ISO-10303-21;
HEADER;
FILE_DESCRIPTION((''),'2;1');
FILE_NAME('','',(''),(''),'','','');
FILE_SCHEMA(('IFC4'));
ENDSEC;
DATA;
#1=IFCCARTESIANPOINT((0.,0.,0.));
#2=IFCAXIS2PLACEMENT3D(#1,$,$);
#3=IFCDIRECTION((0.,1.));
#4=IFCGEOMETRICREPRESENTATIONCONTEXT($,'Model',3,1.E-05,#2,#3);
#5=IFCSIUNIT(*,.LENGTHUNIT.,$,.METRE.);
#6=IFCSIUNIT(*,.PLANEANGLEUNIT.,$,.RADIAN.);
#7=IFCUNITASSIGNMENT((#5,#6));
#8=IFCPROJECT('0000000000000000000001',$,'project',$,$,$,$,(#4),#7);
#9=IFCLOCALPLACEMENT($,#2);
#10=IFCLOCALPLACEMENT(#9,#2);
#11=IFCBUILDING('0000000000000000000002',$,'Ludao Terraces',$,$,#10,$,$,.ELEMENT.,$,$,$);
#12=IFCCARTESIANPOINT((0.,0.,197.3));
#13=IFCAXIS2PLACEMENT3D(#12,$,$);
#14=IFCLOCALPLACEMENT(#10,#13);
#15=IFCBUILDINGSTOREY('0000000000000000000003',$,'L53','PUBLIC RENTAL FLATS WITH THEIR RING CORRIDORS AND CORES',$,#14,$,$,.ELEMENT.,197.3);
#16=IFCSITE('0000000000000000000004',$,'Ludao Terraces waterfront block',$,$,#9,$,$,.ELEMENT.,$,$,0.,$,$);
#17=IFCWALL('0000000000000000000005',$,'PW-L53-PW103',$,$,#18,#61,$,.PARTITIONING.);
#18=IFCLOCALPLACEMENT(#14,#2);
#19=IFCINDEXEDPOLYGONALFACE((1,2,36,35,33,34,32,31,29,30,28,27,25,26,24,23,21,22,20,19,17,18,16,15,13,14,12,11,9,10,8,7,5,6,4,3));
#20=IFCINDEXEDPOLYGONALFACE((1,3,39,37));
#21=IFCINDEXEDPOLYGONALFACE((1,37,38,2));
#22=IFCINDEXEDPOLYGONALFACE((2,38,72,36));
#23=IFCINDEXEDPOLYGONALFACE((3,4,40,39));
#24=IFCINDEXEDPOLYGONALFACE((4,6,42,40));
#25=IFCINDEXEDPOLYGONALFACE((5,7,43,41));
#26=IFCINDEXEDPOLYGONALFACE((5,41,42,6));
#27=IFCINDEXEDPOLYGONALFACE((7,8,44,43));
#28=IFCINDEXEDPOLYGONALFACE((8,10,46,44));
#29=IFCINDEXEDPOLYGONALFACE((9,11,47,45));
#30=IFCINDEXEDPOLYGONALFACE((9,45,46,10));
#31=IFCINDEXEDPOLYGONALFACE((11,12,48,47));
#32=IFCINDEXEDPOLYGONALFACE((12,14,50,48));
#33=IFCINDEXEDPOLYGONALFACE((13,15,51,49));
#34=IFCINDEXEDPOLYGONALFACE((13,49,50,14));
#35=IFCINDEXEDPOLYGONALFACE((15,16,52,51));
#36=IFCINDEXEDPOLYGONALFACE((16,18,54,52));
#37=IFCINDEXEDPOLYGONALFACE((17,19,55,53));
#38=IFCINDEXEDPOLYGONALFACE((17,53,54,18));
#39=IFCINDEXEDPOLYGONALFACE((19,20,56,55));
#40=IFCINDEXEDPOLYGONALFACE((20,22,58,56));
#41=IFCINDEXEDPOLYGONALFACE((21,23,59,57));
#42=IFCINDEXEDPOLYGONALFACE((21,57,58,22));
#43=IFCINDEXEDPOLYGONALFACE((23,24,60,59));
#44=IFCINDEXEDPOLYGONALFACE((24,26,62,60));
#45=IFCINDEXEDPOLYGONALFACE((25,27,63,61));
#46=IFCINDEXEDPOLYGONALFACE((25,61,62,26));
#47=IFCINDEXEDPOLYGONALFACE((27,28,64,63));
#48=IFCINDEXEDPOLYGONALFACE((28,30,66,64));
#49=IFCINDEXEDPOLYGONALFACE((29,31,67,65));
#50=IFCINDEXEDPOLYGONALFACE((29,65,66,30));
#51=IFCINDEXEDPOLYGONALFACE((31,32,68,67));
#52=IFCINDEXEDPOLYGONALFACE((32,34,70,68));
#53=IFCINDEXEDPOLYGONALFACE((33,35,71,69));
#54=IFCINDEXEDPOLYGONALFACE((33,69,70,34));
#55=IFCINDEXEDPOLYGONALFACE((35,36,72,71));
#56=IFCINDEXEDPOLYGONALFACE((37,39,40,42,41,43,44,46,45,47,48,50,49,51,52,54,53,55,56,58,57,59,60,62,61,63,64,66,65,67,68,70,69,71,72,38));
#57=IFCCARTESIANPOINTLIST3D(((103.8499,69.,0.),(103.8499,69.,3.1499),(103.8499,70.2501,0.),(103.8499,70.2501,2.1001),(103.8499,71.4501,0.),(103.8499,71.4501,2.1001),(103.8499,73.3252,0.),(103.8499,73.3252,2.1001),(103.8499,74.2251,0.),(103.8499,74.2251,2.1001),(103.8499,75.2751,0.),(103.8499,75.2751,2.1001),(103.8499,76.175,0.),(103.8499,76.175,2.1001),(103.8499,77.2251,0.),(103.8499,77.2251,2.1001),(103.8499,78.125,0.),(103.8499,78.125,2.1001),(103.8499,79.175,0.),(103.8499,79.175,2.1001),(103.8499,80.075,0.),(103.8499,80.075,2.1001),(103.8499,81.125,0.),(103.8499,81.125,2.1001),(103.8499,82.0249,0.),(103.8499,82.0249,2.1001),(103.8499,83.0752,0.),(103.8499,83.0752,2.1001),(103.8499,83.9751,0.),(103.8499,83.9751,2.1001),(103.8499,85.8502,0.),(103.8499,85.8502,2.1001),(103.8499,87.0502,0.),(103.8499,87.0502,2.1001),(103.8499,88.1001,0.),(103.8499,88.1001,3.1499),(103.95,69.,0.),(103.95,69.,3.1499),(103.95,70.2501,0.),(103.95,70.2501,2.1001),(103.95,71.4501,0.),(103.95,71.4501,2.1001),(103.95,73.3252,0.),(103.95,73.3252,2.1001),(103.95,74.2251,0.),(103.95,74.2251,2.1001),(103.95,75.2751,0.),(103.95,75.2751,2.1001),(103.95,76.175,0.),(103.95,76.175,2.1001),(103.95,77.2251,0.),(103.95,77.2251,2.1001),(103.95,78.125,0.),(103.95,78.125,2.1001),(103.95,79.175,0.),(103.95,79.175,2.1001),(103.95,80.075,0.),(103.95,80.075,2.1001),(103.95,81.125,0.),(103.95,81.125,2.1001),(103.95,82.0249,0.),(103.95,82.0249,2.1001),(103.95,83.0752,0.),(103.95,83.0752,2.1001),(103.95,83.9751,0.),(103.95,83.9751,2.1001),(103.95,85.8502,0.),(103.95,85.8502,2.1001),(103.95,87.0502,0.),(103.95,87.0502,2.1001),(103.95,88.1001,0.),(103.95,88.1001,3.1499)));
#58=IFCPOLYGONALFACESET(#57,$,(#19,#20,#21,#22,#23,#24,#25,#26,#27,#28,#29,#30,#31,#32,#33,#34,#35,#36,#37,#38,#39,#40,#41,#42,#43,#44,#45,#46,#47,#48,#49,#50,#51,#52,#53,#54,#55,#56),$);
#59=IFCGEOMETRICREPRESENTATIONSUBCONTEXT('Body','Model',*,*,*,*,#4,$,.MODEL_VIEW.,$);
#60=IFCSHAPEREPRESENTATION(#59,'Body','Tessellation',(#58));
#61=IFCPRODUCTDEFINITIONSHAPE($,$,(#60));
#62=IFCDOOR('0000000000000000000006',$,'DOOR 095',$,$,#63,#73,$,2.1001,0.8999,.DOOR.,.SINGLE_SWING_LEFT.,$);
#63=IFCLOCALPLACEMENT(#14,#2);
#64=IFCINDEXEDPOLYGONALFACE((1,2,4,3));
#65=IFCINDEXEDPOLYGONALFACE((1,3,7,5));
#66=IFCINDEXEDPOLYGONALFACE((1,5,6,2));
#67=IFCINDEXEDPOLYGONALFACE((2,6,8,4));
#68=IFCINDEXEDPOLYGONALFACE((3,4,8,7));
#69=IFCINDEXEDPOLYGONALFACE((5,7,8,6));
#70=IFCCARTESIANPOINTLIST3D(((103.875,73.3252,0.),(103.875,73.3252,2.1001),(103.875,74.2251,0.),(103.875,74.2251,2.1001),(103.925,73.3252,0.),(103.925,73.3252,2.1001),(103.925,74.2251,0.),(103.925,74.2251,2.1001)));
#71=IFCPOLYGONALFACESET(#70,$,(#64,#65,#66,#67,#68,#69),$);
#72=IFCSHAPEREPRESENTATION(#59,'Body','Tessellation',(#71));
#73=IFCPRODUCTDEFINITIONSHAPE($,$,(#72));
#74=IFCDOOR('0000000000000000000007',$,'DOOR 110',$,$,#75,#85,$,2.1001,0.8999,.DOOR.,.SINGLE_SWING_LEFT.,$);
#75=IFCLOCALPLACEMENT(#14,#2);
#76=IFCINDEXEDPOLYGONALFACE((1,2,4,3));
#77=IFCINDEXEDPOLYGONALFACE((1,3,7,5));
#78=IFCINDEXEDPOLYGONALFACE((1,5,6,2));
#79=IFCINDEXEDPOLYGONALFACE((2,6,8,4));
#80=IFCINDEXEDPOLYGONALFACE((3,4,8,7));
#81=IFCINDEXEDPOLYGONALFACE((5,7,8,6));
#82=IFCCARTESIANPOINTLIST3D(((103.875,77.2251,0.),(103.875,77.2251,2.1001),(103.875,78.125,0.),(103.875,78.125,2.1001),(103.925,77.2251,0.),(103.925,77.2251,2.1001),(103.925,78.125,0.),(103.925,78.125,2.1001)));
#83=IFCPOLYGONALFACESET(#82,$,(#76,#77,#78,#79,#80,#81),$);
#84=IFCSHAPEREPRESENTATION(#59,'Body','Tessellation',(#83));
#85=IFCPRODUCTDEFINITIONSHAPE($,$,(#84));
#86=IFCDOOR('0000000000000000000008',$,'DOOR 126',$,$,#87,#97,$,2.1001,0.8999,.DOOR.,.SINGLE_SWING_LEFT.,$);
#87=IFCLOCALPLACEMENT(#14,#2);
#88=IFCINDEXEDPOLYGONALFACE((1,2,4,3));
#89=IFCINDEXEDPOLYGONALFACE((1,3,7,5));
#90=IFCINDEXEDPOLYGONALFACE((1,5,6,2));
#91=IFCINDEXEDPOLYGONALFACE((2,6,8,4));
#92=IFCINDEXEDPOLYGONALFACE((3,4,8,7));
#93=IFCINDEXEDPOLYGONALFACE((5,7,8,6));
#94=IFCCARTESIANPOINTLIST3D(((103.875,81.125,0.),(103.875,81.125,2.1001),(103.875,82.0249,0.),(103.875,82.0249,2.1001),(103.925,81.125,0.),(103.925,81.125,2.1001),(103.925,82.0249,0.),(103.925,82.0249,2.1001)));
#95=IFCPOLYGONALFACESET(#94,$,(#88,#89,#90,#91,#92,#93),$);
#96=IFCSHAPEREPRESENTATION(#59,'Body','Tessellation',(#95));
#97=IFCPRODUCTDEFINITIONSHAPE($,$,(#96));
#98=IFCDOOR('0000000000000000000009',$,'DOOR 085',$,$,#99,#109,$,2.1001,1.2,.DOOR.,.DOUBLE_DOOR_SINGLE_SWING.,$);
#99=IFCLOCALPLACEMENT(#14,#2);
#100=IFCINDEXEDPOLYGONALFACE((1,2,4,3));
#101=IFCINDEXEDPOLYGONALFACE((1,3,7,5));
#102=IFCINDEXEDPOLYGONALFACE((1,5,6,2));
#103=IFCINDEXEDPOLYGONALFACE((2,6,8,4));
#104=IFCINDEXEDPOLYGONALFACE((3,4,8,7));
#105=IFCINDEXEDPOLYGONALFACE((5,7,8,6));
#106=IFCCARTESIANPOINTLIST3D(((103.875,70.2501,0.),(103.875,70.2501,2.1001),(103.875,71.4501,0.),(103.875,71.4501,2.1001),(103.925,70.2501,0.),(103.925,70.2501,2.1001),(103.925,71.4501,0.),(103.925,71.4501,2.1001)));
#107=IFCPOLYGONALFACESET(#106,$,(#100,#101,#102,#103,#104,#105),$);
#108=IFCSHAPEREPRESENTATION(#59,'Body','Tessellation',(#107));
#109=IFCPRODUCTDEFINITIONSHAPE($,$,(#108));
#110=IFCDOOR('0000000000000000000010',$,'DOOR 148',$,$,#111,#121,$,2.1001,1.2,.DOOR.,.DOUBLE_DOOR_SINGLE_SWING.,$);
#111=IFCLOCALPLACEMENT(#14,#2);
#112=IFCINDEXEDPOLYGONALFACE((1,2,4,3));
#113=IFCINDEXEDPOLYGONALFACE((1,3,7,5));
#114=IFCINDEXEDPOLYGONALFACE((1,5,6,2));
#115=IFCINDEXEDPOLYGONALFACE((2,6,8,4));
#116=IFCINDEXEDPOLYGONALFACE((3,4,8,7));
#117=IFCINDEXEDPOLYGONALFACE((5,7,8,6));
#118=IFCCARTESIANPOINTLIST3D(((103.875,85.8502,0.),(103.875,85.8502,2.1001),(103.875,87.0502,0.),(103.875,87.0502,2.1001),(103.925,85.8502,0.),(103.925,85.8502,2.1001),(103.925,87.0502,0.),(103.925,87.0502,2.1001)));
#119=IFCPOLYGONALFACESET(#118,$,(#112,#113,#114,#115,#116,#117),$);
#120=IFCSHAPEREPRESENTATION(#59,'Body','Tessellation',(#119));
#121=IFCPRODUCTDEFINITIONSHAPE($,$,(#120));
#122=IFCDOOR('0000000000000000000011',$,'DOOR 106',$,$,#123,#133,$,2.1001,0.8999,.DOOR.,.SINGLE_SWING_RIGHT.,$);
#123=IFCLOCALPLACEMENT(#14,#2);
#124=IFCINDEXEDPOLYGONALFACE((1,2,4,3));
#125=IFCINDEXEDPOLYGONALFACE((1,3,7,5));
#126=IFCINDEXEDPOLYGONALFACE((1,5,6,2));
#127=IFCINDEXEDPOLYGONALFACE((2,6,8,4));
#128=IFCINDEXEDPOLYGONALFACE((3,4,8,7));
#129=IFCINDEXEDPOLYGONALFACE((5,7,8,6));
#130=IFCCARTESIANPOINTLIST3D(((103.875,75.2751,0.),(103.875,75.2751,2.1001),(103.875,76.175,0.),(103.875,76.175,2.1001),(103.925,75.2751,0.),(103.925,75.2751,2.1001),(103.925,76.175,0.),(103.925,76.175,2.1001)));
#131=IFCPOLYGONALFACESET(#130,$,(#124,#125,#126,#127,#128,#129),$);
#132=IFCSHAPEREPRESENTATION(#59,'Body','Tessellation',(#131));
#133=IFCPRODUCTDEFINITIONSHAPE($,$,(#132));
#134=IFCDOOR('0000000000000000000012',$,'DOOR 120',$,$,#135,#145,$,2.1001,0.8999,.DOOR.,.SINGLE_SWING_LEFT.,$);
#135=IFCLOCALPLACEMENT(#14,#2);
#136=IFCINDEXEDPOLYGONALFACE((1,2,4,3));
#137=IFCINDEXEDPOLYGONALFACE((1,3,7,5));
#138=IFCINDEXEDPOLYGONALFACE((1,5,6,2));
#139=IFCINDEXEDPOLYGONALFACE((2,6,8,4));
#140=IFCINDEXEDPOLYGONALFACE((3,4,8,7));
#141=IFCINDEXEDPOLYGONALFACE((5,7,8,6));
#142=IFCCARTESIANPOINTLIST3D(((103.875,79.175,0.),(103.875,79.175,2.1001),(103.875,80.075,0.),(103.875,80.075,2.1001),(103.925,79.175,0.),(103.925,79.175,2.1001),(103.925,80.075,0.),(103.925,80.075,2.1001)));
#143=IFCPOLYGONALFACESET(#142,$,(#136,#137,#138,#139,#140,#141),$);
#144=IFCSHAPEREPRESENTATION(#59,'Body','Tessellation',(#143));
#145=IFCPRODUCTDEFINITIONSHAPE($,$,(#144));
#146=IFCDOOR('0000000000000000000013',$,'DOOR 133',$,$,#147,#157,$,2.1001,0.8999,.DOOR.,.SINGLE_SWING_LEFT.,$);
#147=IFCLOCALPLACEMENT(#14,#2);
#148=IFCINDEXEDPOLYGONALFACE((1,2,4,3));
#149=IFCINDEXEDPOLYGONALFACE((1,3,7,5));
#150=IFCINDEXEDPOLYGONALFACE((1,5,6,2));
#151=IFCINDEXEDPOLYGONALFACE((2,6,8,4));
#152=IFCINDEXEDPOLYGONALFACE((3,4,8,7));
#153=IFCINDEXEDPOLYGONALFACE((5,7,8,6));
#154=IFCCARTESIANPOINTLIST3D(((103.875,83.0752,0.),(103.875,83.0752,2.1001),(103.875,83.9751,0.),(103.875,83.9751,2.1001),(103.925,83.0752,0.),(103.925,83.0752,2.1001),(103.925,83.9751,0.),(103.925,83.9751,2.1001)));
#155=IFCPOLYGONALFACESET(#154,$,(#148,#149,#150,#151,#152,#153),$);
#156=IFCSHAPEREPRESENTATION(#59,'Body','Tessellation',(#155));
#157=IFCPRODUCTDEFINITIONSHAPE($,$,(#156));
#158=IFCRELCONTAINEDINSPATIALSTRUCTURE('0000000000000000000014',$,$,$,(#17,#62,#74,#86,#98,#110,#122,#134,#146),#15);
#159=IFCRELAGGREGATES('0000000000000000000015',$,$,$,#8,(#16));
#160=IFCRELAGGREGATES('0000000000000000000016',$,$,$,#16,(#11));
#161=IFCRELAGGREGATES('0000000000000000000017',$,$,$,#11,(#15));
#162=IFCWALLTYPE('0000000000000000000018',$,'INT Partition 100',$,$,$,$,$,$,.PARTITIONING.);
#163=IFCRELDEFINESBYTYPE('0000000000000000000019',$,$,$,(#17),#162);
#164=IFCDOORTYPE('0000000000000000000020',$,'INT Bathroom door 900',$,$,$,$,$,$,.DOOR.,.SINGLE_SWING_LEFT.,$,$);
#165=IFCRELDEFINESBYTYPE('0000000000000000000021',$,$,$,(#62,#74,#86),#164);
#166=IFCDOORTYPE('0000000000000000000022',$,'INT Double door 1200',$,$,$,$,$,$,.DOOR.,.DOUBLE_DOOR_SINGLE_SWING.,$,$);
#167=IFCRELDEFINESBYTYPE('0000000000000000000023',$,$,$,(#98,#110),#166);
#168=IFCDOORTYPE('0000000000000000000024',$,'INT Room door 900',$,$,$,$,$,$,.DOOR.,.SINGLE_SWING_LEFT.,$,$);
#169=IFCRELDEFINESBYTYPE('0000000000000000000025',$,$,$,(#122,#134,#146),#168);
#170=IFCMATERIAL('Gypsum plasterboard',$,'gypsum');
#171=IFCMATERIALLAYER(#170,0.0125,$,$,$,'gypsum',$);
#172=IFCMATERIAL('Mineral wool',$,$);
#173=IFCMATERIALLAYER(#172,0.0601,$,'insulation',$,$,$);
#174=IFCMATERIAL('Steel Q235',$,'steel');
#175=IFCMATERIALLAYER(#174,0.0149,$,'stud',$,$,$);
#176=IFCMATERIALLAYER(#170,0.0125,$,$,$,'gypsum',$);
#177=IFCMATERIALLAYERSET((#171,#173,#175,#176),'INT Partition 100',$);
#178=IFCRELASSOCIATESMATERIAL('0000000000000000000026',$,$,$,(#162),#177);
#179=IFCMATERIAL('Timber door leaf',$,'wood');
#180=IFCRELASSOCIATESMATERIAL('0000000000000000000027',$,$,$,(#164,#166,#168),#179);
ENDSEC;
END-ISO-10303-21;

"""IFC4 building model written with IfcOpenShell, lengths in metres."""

from ifc_helpers import new_model, si_unit, direction, frame, frame_2d, origin, place, context, subcontext, project, spatial, rectangle, extrude, material, layer, layer_set, type_object, element, fill, save


model = new_model("IFC4")

# Units and contexts
model_context = context("Model", 3, precision=1e-05, world=origin(), true_north=direction((0.0, 1.0)))
body_context = subcontext(model_context, "Body", "Model", "MODEL_VIEW")
ifc_project = project(units=[si_unit("LENGTHUNIT", "METRE"), si_unit("PLANEANGLEUNIT", "RADIAN")], contexts=[model_context])

# Site, building, storey
site_placement = place(None, origin())
site = spatial("IfcSite", under=ifc_project, at=site_placement, Name="Ludao Terraces waterfront block", CompositionType="ELEMENT", RefElevation=0.0)
building_placement = place(site_placement, origin())
building = spatial("IfcBuilding", under=site, at=building_placement, Name="Ludao Terraces", CompositionType="ELEMENT")
storey_placement = place(building_placement, frame((0.0, 0.0, 197.3)))
storey = spatial("IfcBuildingStorey", under=building, at=storey_placement, Name="L53", Description="PUBLIC RENTAL FLATS WITH THEIR RING CORRIDORS AND CORES", CompositionType="ELEMENT", Elevation=197.3)

# Shared definitions
ifc_material_1 = material(Name="Mineral wool")

# Shared definitions
ifc_material_2 = material(Name="Gypsum plasterboard", Category="gypsum")
ifc_layer_1 = layer(ifc_material_2, 0.0125, Category="gypsum")
ifc_layer_2 = layer(ifc_material_1, 0.0601, Name="insulation")
ifc_material_3 = material(Name="Steel Q235", Category="steel")
ifc_layer_3 = layer(ifc_material_3, 0.0149, Name="stud")
ifc_layer_4 = layer(ifc_material_2, 0.0125, Category="gypsum")
ifc_layer_set_1 = layer_set([ifc_layer_1, ifc_layer_2, ifc_layer_3, ifc_layer_4], Name="INT Partition 100")
wall_type_1 = type_object("IfcWallType", Name="INT Partition 100", PredefinedType="PARTITIONING", material=ifc_layer_set_1)

# Wall, openings, doors
ifc_material_4 = material(Name="Timber door leaf", Category="wood")
door_type_1 = type_object("IfcDoorType", Name="INT Bathroom door 900", OperationType="SINGLE_SWING_LEFT", PredefinedType="DOOR", material=ifc_material_4)
wall_1_placement = place(storey_placement, frame((103.8999, 69.0, 0.0), z_axis=(0.0, 0.0, 1.0), x_axis=(0.0, 1.0, 0.0)))
wall_1 = element("IfcWall", 1, at=wall_1_placement, inside=storey, type_object=wall_type_1, Name="PW-L53-PW103", PredefinedType="PARTITIONING", context=body_context, shape_type="SweptSolid", body=[
    extrude(rectangle(XDim=19.1001, YDim=0.1001, at=frame_2d((9.55, 0.0))), origin(), (0.0, 0.0, 1.0), 3.1499),
])
opening_1_placement = place(wall_1_placement, frame((1.25, 0.0, 0.0)))
opening_1 = element("IfcOpeningElement", 2, at=opening_1_placement, cuts=wall_1, PredefinedType="OPENING", context=body_context, shape_type="SweptSolid", body=[
    extrude(rectangle(XDim=1.2, YDim=2.1001, at=frame_2d((0.6001, 1.05))), frame((0.0, 0.0601, 0.0), z_axis=(0.0, -1.0, 0.0), x_axis=(1.0, 0.0, 0.0)), (0.0, 0.0, 1.0), 0.1201),
])
opening_2_placement = place(wall_1_placement, frame((4.3252, 0.0, 0.0)))
opening_2 = element("IfcOpeningElement", 3, at=opening_2_placement, cuts=wall_1, PredefinedType="OPENING", context=body_context, shape_type="SweptSolid", body=[
    extrude(rectangle(XDim=0.8999, YDim=2.1001, at=frame_2d((0.45, 1.05))), frame((0.0, 0.0601, 0.0), z_axis=(0.0, -1.0, 0.0), x_axis=(1.0, 0.0, 0.0)), (0.0, 0.0, 1.0), 0.1201),
])
opening_3_placement = place(wall_1_placement, frame((6.2751, 0.0, 0.0)))
opening_3 = element("IfcOpeningElement", 4, at=opening_3_placement, cuts=wall_1, PredefinedType="OPENING", context=body_context, shape_type="SweptSolid", body=[
    extrude(rectangle(XDim=0.8999, YDim=2.1001, at=frame_2d((0.45, 1.05))), frame((0.0, 0.0601, 0.0), z_axis=(0.0, -1.0, 0.0), x_axis=(1.0, 0.0, 0.0)), (0.0, 0.0, 1.0), 0.1201),
])
opening_4_placement = place(wall_1_placement, frame((8.2251, 0.0, 0.0)))
opening_4 = element("IfcOpeningElement", 5, at=opening_4_placement, cuts=wall_1, PredefinedType="OPENING", context=body_context, shape_type="SweptSolid", body=[
    extrude(rectangle(XDim=0.8999, YDim=2.1001, at=frame_2d((0.45, 1.05))), frame((0.0, 0.0601, 0.0), z_axis=(0.0, -1.0, 0.0), x_axis=(1.0, 0.0, 0.0)), (0.0, 0.0, 1.0), 0.1201),
])
opening_5_placement = place(wall_1_placement, frame((10.175, 0.0, 0.0)))
opening_5 = element("IfcOpeningElement", 6, at=opening_5_placement, cuts=wall_1, PredefinedType="OPENING", context=body_context, shape_type="SweptSolid", body=[
    extrude(rectangle(XDim=0.8999, YDim=2.1001, at=frame_2d((0.45, 1.05))), frame((0.0, 0.0601, 0.0), z_axis=(0.0, -1.0, 0.0), x_axis=(1.0, 0.0, 0.0)), (0.0, 0.0, 1.0), 0.1201),
])
opening_6_placement = place(wall_1_placement, frame((12.125, 0.0, 0.0)))
opening_6 = element("IfcOpeningElement", 7, at=opening_6_placement, cuts=wall_1, PredefinedType="OPENING", context=body_context, shape_type="SweptSolid", body=[
    extrude(rectangle(XDim=0.8999, YDim=2.1001, at=frame_2d((0.45, 1.05))), frame((0.0, 0.0601, 0.0), z_axis=(0.0, -1.0, 0.0), x_axis=(1.0, 0.0, 0.0)), (0.0, 0.0, 1.0), 0.1201),
])
opening_7_placement = place(wall_1_placement, frame((14.0752, 0.0, 0.0)))
opening_7 = element("IfcOpeningElement", 8, at=opening_7_placement, cuts=wall_1, PredefinedType="OPENING", context=body_context, shape_type="SweptSolid", body=[
    extrude(rectangle(XDim=0.8999, YDim=2.1001, at=frame_2d((0.45, 1.05))), frame((0.0, 0.0601, 0.0), z_axis=(0.0, -1.0, 0.0), x_axis=(1.0, 0.0, 0.0)), (0.0, 0.0, 1.0), 0.1201),
])
opening_8_placement = place(wall_1_placement, frame((16.8501, 0.0, 0.0)))
opening_8 = element("IfcOpeningElement", 9, at=opening_8_placement, cuts=wall_1, PredefinedType="OPENING", context=body_context, shape_type="SweptSolid", body=[
    extrude(rectangle(XDim=1.2, YDim=2.1001, at=frame_2d((0.6001, 1.05))), frame((0.0, 0.0601, 0.0), z_axis=(0.0, -1.0, 0.0), x_axis=(1.0, 0.0, 0.0)), (0.0, 0.0, 1.0), 0.1201),
])
door_1_placement = place(opening_2_placement, origin())
door_1 = element("IfcDoor", 10, at=door_1_placement, inside=storey, type_object=door_type_1, Name="DOOR 095", OperationType="SINGLE_SWING_LEFT", OverallHeight=2.1001, OverallWidth=0.8999, PredefinedType="DOOR", context=body_context, shape_type="SweptSolid", body=[
    extrude(rectangle(XDim=0.8999, YDim=2.1001, at=frame_2d((0.45, 1.05))), frame((0.0, 0.0249, 0.0), z_axis=(0.0, -1.0, 0.0), x_axis=(1.0, 0.0, 0.0)), (0.0, 0.0, 1.0), 0.05),
])
fill(opening_2, door_1)
door_2_placement = place(opening_4_placement, origin())
door_2 = element("IfcDoor", 11, at=door_2_placement, inside=storey, type_object=door_type_1, Name="DOOR 110", OperationType="SINGLE_SWING_LEFT", OverallHeight=2.1001, OverallWidth=0.8999, PredefinedType="DOOR", context=body_context, shape_type="SweptSolid", body=[
    extrude(rectangle(XDim=0.8999, YDim=2.1001, at=frame_2d((0.45, 1.05))), frame((0.0, 0.0249, 0.0), z_axis=(0.0, -1.0, 0.0), x_axis=(1.0, 0.0, 0.0)), (0.0, 0.0, 1.0), 0.05),
])
fill(opening_4, door_2)
door_3_placement = place(opening_6_placement, origin())
door_3 = element("IfcDoor", 12, at=door_3_placement, inside=storey, type_object=door_type_1, Name="DOOR 126", OperationType="SINGLE_SWING_LEFT", OverallHeight=2.1001, OverallWidth=0.8999, PredefinedType="DOOR", context=body_context, shape_type="SweptSolid", body=[
    extrude(rectangle(XDim=0.8999, YDim=2.1001, at=frame_2d((0.45, 1.05))), frame((0.0, 0.0249, 0.0), z_axis=(0.0, -1.0, 0.0), x_axis=(1.0, 0.0, 0.0)), (0.0, 0.0, 1.0), 0.05),
])
fill(opening_6, door_3)
door_type_2 = type_object("IfcDoorType", Name="INT Double door 1200", OperationType="DOUBLE_DOOR_SINGLE_SWING", PredefinedType="DOOR", material=ifc_material_4)
door_4_placement = place(opening_1_placement, origin())
door_4 = element("IfcDoor", 13, at=door_4_placement, inside=storey, type_object=door_type_2, Name="DOOR 085", OperationType="DOUBLE_DOOR_SINGLE_SWING", OverallHeight=2.1001, OverallWidth=1.2, PredefinedType="DOOR", context=body_context, shape_type="SweptSolid", body=[
    extrude(rectangle(XDim=1.2, YDim=2.1001, at=frame_2d((0.6001, 1.05))), frame((0.0, 0.0249, 0.0), z_axis=(0.0, -1.0, 0.0), x_axis=(1.0, 0.0, 0.0)), (0.0, 0.0, 1.0), 0.05),
])
fill(opening_1, door_4)
door_5_placement = place(opening_8_placement, origin())
door_5 = element("IfcDoor", 14, at=door_5_placement, inside=storey, type_object=door_type_2, Name="DOOR 148", OperationType="DOUBLE_DOOR_SINGLE_SWING", OverallHeight=2.1001, OverallWidth=1.2, PredefinedType="DOOR", context=body_context, shape_type="SweptSolid", body=[
    extrude(rectangle(XDim=1.2, YDim=2.1001, at=frame_2d((0.6001, 1.05))), frame((0.0, 0.0249, 0.0), z_axis=(0.0, -1.0, 0.0), x_axis=(1.0, 0.0, 0.0)), (0.0, 0.0, 1.0), 0.05),
])
fill(opening_8, door_5)
door_type_3 = type_object("IfcDoorType", Name="INT Room door 900", OperationType="SINGLE_SWING_LEFT", PredefinedType="DOOR", material=ifc_material_4)
door_6_placement = place(opening_3_placement, origin())
door_6 = element("IfcDoor", 15, at=door_6_placement, inside=storey, type_object=door_type_3, Name="DOOR 106", OperationType="SINGLE_SWING_RIGHT", OverallHeight=2.1001, OverallWidth=0.8999, PredefinedType="DOOR", context=body_context, shape_type="SweptSolid", body=[
    extrude(rectangle(XDim=0.8999, YDim=2.1001, at=frame_2d((0.45, 1.05))), frame((0.0, 0.0249, 0.0), z_axis=(0.0, -1.0, 0.0), x_axis=(1.0, 0.0, 0.0)), (0.0, 0.0, 1.0), 0.05),
])
fill(opening_3, door_6)
door_7_placement = place(opening_5_placement, origin())
door_7 = element("IfcDoor", 16, at=door_7_placement, inside=storey, type_object=door_type_3, Name="DOOR 120", OperationType="SINGLE_SWING_LEFT", OverallHeight=2.1001, OverallWidth=0.8999, PredefinedType="DOOR", context=body_context, shape_type="SweptSolid", body=[
    extrude(rectangle(XDim=0.8999, YDim=2.1001, at=frame_2d((0.45, 1.05))), frame((0.0, 0.0249, 0.0), z_axis=(0.0, -1.0, 0.0), x_axis=(1.0, 0.0, 0.0)), (0.0, 0.0, 1.0), 0.05),
])
fill(opening_5, door_7)
door_8_placement = place(opening_7_placement, origin())
door_8 = element("IfcDoor", 17, at=door_8_placement, inside=storey, type_object=door_type_3, Name="DOOR 133", OperationType="SINGLE_SWING_LEFT", OverallHeight=2.1001, OverallWidth=0.8999, PredefinedType="DOOR", context=body_context, shape_type="SweptSolid", body=[
    extrude(rectangle(XDim=0.8999, YDim=2.1001, at=frame_2d((0.45, 1.05))), frame((0.0, 0.0249, 0.0), z_axis=(0.0, -1.0, 0.0), x_axis=(1.0, 0.0, 0.0)), (0.0, 0.0, 1.0), 0.05),
])
fill(opening_7, door_8)

save(model, "model.ifc")
